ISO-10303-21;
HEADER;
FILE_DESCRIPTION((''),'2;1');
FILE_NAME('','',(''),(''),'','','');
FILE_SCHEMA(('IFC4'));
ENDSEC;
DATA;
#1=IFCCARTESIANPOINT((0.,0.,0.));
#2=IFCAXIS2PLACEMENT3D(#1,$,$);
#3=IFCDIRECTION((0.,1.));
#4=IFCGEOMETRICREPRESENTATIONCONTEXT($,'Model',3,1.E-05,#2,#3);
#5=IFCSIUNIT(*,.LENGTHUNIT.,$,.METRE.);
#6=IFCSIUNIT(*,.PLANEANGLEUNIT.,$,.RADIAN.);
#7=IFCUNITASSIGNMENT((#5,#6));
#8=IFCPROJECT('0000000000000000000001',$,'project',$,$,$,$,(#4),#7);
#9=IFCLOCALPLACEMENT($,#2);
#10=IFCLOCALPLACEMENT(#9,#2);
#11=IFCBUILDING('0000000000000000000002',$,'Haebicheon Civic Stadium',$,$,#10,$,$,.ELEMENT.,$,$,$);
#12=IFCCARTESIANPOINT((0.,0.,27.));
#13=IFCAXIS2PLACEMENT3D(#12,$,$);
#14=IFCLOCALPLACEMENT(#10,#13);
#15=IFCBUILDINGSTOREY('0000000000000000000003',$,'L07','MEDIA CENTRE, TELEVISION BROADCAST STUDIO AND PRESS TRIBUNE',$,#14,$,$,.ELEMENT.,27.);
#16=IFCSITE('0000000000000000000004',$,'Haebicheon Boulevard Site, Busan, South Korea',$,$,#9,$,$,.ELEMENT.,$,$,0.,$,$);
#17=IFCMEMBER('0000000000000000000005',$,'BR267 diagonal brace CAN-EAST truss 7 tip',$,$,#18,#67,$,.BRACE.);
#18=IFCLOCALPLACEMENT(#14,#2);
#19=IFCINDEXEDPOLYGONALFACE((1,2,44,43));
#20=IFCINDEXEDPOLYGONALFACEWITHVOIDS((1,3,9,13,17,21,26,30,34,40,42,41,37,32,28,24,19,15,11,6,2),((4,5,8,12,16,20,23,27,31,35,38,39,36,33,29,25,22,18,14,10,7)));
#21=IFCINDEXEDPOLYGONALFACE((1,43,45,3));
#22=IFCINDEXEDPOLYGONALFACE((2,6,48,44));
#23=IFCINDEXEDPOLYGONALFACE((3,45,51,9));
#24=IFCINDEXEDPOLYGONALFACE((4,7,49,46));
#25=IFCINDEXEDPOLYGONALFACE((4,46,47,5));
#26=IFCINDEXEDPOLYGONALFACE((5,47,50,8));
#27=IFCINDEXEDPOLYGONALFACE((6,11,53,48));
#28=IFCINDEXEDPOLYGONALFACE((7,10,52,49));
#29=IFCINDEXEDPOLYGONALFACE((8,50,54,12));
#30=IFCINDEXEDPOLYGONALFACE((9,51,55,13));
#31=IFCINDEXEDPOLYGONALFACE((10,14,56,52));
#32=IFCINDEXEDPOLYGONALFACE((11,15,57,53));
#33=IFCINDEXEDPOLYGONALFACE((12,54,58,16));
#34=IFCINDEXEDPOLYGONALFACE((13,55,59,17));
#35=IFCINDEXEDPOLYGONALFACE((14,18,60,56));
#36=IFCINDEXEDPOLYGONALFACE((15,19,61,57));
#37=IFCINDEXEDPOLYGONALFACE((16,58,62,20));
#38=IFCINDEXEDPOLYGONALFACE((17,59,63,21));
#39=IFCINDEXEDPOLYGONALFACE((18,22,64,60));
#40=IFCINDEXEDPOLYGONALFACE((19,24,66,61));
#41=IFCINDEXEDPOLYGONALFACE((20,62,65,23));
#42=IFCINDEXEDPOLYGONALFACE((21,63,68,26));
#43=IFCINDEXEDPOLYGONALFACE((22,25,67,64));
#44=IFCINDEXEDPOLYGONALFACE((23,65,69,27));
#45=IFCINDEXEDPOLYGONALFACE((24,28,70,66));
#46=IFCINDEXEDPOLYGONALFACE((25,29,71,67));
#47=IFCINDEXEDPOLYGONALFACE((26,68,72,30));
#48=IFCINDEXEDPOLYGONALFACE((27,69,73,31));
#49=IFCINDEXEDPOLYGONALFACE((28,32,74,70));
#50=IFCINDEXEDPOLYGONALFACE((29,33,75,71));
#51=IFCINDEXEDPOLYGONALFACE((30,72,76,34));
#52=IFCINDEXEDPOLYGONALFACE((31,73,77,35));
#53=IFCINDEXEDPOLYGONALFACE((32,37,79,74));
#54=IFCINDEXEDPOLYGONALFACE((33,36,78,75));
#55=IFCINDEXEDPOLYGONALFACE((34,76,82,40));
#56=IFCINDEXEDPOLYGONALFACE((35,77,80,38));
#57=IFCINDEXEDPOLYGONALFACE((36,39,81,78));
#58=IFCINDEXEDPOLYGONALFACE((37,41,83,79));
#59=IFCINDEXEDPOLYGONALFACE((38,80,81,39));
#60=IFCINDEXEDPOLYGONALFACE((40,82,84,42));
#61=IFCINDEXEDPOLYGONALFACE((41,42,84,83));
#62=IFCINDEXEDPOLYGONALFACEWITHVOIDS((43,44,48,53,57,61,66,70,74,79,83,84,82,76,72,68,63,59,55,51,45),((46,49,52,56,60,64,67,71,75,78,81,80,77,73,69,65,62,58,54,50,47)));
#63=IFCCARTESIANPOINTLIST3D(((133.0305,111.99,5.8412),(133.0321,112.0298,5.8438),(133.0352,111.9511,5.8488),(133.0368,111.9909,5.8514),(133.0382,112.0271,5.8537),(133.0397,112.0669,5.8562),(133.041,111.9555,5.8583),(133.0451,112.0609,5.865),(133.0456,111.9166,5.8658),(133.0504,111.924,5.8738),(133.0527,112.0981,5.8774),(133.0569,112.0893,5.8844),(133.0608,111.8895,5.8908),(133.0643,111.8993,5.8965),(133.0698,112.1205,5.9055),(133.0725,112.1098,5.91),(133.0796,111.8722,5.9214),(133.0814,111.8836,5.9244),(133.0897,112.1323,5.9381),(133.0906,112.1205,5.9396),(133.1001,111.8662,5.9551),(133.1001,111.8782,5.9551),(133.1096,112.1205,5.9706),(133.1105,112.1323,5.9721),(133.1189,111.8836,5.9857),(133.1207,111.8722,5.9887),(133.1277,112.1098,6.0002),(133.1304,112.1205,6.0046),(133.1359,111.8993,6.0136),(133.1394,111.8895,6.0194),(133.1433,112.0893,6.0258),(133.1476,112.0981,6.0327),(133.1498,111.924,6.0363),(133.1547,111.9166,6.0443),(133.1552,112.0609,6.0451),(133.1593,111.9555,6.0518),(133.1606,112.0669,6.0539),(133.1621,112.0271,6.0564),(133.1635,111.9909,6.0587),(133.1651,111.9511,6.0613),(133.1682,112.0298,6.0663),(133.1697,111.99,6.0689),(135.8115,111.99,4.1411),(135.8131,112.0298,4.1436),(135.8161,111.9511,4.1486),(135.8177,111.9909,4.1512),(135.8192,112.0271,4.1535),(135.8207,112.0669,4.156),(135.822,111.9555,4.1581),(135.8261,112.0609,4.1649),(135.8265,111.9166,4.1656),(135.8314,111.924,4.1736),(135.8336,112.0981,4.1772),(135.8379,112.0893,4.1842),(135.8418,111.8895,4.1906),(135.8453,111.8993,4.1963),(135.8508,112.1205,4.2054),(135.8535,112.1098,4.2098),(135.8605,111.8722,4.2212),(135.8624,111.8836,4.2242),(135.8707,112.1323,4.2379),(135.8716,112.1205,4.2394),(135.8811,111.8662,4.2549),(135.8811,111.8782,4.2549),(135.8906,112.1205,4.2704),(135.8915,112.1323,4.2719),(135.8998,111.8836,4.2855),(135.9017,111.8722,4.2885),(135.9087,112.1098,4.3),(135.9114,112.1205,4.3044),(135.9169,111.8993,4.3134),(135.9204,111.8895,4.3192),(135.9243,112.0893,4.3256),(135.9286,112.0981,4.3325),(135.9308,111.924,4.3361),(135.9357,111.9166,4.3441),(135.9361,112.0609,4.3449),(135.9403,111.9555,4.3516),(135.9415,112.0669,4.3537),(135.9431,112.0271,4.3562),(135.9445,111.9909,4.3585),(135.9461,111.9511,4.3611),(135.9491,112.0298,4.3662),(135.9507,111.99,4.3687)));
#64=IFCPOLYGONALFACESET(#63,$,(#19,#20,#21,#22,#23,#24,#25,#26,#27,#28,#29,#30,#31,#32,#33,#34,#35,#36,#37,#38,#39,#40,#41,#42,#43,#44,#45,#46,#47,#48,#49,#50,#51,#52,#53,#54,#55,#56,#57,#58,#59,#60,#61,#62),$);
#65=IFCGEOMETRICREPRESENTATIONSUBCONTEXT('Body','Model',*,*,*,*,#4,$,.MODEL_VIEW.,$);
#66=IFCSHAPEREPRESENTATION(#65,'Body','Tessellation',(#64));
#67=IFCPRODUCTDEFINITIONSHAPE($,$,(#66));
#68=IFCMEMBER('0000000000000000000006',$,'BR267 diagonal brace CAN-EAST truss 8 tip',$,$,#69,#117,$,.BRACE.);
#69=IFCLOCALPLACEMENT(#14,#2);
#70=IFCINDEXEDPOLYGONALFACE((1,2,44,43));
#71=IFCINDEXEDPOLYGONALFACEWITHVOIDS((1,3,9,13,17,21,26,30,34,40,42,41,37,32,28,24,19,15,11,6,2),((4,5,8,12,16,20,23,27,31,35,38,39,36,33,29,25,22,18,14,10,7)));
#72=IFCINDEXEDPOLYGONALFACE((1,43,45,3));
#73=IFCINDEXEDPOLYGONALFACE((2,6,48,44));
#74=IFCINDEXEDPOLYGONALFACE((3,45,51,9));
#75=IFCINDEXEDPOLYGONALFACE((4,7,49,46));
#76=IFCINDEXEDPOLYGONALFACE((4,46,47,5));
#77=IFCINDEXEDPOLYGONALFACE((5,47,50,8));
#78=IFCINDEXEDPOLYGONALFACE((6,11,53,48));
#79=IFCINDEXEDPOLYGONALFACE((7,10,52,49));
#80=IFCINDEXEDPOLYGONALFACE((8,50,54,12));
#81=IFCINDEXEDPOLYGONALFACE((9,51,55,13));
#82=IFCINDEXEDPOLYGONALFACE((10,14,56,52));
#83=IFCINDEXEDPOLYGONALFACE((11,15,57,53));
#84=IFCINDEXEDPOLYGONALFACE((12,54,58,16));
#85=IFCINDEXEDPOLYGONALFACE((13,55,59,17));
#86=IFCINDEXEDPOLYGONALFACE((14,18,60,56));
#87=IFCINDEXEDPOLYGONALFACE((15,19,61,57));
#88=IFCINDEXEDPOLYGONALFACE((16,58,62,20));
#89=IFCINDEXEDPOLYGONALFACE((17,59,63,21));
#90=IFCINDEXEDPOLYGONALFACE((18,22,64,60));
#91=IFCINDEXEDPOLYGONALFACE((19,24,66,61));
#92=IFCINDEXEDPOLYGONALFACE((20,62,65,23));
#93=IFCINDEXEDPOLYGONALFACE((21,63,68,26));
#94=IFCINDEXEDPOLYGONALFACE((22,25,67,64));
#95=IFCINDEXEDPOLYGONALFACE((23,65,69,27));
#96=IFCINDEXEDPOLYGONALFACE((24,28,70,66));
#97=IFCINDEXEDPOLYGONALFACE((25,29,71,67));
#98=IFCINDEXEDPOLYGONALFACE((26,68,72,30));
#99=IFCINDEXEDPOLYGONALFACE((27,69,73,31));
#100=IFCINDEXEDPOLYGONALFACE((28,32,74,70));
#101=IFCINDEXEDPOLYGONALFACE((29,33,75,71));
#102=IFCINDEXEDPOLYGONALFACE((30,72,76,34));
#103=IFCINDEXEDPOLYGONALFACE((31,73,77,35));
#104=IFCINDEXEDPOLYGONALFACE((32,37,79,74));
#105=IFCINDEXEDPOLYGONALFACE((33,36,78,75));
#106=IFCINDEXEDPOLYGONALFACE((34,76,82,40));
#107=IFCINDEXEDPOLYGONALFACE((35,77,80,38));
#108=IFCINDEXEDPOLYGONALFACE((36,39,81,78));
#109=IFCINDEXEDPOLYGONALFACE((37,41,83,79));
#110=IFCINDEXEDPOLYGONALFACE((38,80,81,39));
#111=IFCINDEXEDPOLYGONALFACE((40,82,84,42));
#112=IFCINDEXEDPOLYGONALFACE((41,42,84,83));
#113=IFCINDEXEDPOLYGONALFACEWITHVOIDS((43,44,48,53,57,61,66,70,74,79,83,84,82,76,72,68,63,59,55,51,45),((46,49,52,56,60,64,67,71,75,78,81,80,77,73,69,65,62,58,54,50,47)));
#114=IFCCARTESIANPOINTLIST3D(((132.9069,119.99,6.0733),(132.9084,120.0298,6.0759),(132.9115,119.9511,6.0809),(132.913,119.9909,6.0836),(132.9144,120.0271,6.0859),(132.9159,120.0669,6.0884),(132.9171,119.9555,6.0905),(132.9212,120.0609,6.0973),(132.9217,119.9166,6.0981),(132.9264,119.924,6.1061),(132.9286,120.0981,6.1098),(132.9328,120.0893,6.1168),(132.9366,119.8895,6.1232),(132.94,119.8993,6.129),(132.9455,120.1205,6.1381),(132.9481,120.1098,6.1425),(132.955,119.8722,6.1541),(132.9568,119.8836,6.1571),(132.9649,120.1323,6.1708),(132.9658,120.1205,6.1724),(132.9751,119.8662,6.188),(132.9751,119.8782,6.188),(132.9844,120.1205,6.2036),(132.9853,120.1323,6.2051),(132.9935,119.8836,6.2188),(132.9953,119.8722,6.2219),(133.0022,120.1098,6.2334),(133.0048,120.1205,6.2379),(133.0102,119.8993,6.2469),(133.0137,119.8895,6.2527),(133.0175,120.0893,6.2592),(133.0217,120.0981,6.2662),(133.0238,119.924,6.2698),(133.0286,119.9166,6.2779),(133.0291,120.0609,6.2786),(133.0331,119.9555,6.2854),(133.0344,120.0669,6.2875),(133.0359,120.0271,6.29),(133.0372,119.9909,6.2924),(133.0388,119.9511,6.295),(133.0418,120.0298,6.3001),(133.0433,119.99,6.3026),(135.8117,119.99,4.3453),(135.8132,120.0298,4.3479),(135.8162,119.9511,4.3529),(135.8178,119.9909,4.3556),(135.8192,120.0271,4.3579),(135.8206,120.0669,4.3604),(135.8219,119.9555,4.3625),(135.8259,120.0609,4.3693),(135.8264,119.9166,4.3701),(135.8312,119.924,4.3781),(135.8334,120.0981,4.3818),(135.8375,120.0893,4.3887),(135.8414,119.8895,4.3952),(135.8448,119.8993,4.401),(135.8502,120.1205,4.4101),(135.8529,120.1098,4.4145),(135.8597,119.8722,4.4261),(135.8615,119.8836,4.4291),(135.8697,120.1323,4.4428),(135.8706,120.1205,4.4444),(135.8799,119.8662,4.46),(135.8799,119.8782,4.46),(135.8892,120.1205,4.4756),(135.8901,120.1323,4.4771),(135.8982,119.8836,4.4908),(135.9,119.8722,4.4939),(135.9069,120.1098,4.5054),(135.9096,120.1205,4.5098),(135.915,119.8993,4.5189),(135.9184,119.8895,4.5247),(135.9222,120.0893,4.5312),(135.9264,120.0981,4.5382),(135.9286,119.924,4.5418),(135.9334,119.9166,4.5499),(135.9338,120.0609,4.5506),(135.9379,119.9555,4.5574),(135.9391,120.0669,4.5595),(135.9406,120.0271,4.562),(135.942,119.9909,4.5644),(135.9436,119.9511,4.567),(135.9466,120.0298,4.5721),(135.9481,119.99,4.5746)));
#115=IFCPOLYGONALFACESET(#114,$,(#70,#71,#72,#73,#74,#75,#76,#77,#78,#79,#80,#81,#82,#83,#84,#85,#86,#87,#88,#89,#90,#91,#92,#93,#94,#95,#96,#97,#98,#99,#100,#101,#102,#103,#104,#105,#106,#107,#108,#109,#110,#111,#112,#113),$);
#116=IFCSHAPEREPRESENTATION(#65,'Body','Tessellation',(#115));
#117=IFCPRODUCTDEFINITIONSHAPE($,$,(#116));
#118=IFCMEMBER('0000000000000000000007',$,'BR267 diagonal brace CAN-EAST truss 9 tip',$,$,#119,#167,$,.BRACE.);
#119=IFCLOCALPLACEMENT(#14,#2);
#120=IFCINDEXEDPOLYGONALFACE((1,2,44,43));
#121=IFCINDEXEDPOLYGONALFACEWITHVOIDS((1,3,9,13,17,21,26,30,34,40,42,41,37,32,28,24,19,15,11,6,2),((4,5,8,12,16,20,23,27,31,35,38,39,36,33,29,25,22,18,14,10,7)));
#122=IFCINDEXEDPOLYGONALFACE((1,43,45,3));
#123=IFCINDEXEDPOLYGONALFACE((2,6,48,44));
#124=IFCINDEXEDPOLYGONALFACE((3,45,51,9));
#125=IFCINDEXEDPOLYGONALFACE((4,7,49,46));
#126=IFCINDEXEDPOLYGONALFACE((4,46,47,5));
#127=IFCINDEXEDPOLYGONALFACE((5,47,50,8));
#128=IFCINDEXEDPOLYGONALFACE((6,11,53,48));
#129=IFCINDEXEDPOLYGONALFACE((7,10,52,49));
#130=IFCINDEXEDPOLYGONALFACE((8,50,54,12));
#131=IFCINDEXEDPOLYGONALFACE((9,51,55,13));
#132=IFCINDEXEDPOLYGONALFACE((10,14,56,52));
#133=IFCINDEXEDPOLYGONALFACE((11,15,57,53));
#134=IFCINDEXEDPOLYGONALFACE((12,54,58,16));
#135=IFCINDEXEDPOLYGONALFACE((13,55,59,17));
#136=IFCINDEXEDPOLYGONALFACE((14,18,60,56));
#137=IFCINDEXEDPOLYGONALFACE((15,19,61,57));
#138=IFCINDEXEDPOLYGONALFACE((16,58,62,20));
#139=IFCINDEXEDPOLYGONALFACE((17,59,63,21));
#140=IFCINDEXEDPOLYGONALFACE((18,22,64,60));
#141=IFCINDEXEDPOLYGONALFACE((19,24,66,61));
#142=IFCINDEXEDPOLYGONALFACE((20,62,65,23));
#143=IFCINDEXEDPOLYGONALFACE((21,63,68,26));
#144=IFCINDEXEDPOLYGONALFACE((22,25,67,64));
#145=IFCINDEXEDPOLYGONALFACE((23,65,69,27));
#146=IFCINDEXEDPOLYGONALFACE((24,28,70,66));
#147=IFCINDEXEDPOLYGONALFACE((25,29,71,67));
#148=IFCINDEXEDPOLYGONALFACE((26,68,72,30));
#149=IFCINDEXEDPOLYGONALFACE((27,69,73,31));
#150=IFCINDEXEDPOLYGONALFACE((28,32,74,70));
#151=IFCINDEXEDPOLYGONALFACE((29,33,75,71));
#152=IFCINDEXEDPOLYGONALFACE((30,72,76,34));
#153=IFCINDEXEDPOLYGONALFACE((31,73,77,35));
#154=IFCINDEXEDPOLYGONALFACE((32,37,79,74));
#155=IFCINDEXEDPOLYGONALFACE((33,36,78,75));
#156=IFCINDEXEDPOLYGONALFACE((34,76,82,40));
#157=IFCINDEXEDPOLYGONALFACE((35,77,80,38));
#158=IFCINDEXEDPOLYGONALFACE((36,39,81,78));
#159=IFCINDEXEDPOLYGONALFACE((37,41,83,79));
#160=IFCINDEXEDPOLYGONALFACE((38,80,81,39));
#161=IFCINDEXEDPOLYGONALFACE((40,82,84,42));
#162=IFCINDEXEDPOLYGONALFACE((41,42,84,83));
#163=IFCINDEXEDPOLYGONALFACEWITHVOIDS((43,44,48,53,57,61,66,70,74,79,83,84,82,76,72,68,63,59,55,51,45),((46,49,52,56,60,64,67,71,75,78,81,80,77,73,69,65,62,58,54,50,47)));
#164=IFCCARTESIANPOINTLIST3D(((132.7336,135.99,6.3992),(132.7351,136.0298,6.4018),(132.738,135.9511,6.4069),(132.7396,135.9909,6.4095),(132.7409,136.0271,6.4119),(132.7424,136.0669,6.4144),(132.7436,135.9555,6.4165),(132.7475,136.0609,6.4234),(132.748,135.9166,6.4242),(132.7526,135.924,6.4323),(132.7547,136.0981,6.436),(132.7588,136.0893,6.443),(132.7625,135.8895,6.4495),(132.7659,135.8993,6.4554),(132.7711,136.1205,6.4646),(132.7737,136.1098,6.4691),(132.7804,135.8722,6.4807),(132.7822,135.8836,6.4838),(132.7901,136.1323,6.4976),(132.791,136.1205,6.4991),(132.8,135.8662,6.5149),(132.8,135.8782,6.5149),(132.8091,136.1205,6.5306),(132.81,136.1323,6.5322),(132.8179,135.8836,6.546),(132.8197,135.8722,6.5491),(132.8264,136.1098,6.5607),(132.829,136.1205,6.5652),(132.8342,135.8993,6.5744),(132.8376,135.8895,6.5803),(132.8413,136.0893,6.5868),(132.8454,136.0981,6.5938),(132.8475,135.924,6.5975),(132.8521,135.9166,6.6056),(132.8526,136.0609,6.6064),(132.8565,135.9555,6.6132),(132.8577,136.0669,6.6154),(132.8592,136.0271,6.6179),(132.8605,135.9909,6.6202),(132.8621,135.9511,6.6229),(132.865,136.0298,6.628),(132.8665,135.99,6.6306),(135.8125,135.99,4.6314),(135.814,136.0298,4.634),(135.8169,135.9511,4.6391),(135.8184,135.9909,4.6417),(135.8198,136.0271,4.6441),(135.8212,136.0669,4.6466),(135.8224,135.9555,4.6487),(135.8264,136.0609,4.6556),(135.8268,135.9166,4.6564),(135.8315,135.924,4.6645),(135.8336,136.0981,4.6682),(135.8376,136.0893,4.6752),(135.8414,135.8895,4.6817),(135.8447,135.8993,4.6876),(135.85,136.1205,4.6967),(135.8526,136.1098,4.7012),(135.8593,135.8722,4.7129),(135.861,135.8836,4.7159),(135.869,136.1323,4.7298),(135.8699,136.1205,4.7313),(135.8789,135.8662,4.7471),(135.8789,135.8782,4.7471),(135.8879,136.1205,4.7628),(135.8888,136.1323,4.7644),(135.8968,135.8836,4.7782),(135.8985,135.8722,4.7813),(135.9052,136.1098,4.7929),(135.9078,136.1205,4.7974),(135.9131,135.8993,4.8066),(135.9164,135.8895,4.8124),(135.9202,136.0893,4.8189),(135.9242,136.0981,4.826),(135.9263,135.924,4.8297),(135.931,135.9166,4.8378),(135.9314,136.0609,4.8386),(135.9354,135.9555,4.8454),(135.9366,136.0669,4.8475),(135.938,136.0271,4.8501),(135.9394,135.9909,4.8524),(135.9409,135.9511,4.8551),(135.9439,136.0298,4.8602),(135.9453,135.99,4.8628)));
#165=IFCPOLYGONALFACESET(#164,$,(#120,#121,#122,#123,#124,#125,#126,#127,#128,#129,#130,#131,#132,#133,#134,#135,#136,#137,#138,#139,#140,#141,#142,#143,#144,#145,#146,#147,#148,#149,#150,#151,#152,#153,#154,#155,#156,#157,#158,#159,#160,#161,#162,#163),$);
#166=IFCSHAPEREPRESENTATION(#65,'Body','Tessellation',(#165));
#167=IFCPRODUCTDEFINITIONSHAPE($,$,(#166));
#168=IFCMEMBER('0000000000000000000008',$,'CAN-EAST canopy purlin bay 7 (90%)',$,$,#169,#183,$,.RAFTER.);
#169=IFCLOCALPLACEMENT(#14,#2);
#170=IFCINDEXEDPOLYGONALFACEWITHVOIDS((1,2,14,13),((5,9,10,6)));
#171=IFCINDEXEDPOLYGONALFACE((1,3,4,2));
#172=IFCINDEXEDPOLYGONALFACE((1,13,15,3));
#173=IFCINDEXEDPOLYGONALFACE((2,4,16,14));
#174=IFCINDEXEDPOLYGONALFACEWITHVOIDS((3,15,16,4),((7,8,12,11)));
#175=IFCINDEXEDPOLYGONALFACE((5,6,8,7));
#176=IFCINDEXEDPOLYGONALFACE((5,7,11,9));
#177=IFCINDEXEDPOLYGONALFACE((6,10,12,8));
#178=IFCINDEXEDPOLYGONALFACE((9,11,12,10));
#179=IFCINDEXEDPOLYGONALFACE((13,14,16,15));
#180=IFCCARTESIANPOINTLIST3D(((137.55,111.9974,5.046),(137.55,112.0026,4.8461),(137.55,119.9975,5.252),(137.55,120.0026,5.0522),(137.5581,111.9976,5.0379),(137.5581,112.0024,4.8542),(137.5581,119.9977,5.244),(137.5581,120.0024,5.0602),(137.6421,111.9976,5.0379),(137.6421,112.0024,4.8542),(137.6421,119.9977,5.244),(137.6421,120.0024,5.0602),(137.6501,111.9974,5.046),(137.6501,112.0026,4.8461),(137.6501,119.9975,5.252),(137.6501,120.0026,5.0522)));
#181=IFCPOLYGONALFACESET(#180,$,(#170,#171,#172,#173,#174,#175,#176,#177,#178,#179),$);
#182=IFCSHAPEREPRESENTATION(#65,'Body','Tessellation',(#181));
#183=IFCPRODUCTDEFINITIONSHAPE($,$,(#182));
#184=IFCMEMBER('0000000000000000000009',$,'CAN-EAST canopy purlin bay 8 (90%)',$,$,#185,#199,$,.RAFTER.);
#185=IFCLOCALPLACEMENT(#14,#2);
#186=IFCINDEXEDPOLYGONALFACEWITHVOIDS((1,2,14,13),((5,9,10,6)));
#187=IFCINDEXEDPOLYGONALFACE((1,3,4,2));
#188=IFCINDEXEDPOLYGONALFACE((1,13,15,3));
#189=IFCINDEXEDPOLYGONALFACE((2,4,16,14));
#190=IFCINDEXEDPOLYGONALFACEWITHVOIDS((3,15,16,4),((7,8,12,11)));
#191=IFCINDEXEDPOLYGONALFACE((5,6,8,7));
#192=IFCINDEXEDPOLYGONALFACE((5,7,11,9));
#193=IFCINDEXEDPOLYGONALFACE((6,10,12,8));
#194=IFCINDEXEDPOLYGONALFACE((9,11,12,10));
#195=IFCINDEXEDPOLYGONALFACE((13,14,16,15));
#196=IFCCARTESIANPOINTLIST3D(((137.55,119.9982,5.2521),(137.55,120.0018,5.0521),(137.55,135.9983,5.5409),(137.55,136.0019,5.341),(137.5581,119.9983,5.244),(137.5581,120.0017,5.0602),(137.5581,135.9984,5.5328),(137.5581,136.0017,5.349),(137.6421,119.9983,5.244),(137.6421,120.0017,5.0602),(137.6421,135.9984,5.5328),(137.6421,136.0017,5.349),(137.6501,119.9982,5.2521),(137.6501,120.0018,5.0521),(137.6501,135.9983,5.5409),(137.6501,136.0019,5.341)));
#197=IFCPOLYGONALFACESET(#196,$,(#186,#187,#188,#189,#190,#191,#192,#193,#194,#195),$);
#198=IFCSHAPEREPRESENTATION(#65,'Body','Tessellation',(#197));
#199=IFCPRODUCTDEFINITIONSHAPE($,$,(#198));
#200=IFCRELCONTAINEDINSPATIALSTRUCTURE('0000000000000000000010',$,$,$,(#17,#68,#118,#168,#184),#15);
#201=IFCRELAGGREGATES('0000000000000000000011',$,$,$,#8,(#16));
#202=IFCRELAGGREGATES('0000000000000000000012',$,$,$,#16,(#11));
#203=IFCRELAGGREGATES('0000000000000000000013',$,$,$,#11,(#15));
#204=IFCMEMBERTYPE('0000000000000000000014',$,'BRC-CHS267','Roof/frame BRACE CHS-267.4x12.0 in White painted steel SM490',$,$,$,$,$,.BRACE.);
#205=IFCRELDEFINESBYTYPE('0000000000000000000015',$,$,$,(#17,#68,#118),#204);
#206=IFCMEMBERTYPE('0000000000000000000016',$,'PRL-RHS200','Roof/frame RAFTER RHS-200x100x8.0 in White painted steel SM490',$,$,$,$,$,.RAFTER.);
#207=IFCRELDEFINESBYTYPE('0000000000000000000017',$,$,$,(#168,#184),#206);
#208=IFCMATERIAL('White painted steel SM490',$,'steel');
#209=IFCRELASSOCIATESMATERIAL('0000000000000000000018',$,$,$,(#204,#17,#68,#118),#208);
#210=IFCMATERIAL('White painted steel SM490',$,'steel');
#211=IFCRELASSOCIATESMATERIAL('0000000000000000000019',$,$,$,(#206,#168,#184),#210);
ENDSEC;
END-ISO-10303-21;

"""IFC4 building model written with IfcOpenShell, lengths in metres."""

from ifc_helpers import new_model, si_unit, direction, frame, origin, origin_2d, place, context, subcontext, project, spatial, hollow_rectangle, hollow_circle, extrude, material, material_profile, profile_set, type_object, element, save


model = new_model("IFC4")

# Units and contexts
model_context = context("Model", 3, precision=1e-05, world=origin(), true_north=direction((0.0, 1.0)))
body_context = subcontext(model_context, "Body", "Model", "MODEL_VIEW")
ifc_project = project(units=[si_unit("LENGTHUNIT", "METRE"), si_unit("PLANEANGLEUNIT", "RADIAN")], contexts=[model_context])

# Site, building, storey
site_placement = place(None, origin())
site = spatial("IfcSite", under=ifc_project, at=site_placement, Name="Haebicheon Boulevard Site, Busan, South Korea", CompositionType="ELEMENT", RefElevation=0.0)
building_placement = place(site_placement, origin())
building = spatial("IfcBuilding", under=site, at=building_placement, Name="Haebicheon Civic Stadium", CompositionType="ELEMENT")
storey_placement = place(building_placement, frame((0.0, 0.0, 27.0)))
storey = spatial("IfcBuildingStorey", under=building, at=storey_placement, Name="L07", Description="MEDIA CENTRE, TELEVISION BROADCAST STUDIO AND PRESS TRIBUNE", CompositionType="ELEMENT", Elevation=27.0)

# Members
ifc_material_1 = material(Name="White painted steel SM490", Category="steel")
ifc_material_profile_1 = material_profile(ifc_material_1, hollow_circle(Radius=0.1338, WallThickness=0.012, at=origin_2d()), Name="CHS-267.4x12.0")
ifc_profile_set_1 = profile_set([ifc_material_profile_1], Name="White painted steel SM490")
member_type_1 = type_object("IfcMemberType", Name="BRC-CHS267", Description="Roof/frame BRACE CHS-267.4x12.0 in White painted steel SM490", PredefinedType="BRACE", material=ifc_profile_set_1)
member_1_placement = place(storey_placement, frame((135.8811, 112.0, 4.2549), z_axis=(-0.853187, 0.0, 0.521605), x_axis=(0.0, -1.0, 0.0)))
element("IfcMember", 1, at=member_1_placement, inside=storey, type_object=member_type_1, material=ifc_profile_set_1, Name="BR267 diagonal brace CAN-EAST truss 7 tip", PredefinedType="BRACE", context=body_context, shape_type="SweptSolid", body=[
    extrude(hollow_circle(Radius=0.1338, WallThickness=0.012, at=origin_2d()), origin(), (0.0, 0.0, 1.0), 3.2595),
])
member_2_placement = place(storey_placement, frame((135.8799, 120.0, 4.46), z_axis=(-0.859424, 0.0, 0.511263), x_axis=(0.0, -1.0, 0.0)))
element("IfcMember", 2, at=member_2_placement, inside=storey, type_object=member_type_1, material=ifc_profile_set_1, Name="BR267 diagonal brace CAN-EAST truss 8 tip", PredefinedType="BRACE", context=body_context, shape_type="SweptSolid", body=[
    extrude(hollow_circle(Radius=0.1338, WallThickness=0.012, at=origin_2d()), origin(), (0.0, 0.0, 1.0), 3.3799),
])
member_3_placement = place(storey_placement, frame((135.8789, 136.0, 4.7471), z_axis=(-0.867213, 0.0, 0.497937), x_axis=(0.0, -1.0, 0.0)))
element("IfcMember", 3, at=member_3_placement, inside=storey, type_object=member_type_1, material=ifc_profile_set_1, Name="BR267 diagonal brace CAN-EAST truss 9 tip", PredefinedType="BRACE", context=body_context, shape_type="SweptSolid", body=[
    extrude(hollow_circle(Radius=0.1338, WallThickness=0.012, at=origin_2d()), origin(), (0.0, 0.0, 1.0), 3.5503),
])
ifc_material_2 = material(Name="White painted steel SM490", Category="steel")
ifc_material_profile_2 = material_profile(ifc_material_2, hollow_rectangle(XDim=0.1001, YDim=0.2, WallThickness=0.0081, at=origin_2d()), Name="RHS-200x100x8.0")
ifc_profile_set_2 = profile_set([ifc_material_profile_2], Name="White painted steel SM490")
member_type_2 = type_object("IfcMemberType", Name="PRL-RHS200", Description="Roof/frame RAFTER RHS-200x100x8.0 in White painted steel SM490", PredefinedType="RAFTER", material=ifc_profile_set_2)
member_4_placement = place(storey_placement, frame((137.6001, 112.0, 4.946), z_axis=(0.0, 0.999668, 0.025748), x_axis=(-1.0, 0.0, 0.0)))
element("IfcMember", 4, at=member_4_placement, inside=storey, type_object=member_type_2, material=ifc_profile_set_2, Name="CAN-EAST canopy purlin bay 7 (90%)", PredefinedType="RAFTER", context=body_context, shape_type="SweptSolid", body=[
    extrude(hollow_rectangle(XDim=0.1001, YDim=0.2, WallThickness=0.0081, at=origin_2d()), origin(), (0.0, 0.0, 1.0), 8.0027),
])
member_5_placement = place(storey_placement, frame((137.6001, 120.0, 5.1521), z_axis=(0.0, 0.999837, 0.018048), x_axis=(-1.0, 0.0, 0.0)))
element("IfcMember", 5, at=member_5_placement, inside=storey, type_object=member_type_2, material=ifc_profile_set_2, Name="CAN-EAST canopy purlin bay 8 (90%)", PredefinedType="RAFTER", context=body_context, shape_type="SweptSolid", body=[
    extrude(hollow_rectangle(XDim=0.1001, YDim=0.2, WallThickness=0.0081, at=origin_2d()), origin(), (0.0, 0.0, 1.0), 16.0027),
])

save(model, "model.ifc")
